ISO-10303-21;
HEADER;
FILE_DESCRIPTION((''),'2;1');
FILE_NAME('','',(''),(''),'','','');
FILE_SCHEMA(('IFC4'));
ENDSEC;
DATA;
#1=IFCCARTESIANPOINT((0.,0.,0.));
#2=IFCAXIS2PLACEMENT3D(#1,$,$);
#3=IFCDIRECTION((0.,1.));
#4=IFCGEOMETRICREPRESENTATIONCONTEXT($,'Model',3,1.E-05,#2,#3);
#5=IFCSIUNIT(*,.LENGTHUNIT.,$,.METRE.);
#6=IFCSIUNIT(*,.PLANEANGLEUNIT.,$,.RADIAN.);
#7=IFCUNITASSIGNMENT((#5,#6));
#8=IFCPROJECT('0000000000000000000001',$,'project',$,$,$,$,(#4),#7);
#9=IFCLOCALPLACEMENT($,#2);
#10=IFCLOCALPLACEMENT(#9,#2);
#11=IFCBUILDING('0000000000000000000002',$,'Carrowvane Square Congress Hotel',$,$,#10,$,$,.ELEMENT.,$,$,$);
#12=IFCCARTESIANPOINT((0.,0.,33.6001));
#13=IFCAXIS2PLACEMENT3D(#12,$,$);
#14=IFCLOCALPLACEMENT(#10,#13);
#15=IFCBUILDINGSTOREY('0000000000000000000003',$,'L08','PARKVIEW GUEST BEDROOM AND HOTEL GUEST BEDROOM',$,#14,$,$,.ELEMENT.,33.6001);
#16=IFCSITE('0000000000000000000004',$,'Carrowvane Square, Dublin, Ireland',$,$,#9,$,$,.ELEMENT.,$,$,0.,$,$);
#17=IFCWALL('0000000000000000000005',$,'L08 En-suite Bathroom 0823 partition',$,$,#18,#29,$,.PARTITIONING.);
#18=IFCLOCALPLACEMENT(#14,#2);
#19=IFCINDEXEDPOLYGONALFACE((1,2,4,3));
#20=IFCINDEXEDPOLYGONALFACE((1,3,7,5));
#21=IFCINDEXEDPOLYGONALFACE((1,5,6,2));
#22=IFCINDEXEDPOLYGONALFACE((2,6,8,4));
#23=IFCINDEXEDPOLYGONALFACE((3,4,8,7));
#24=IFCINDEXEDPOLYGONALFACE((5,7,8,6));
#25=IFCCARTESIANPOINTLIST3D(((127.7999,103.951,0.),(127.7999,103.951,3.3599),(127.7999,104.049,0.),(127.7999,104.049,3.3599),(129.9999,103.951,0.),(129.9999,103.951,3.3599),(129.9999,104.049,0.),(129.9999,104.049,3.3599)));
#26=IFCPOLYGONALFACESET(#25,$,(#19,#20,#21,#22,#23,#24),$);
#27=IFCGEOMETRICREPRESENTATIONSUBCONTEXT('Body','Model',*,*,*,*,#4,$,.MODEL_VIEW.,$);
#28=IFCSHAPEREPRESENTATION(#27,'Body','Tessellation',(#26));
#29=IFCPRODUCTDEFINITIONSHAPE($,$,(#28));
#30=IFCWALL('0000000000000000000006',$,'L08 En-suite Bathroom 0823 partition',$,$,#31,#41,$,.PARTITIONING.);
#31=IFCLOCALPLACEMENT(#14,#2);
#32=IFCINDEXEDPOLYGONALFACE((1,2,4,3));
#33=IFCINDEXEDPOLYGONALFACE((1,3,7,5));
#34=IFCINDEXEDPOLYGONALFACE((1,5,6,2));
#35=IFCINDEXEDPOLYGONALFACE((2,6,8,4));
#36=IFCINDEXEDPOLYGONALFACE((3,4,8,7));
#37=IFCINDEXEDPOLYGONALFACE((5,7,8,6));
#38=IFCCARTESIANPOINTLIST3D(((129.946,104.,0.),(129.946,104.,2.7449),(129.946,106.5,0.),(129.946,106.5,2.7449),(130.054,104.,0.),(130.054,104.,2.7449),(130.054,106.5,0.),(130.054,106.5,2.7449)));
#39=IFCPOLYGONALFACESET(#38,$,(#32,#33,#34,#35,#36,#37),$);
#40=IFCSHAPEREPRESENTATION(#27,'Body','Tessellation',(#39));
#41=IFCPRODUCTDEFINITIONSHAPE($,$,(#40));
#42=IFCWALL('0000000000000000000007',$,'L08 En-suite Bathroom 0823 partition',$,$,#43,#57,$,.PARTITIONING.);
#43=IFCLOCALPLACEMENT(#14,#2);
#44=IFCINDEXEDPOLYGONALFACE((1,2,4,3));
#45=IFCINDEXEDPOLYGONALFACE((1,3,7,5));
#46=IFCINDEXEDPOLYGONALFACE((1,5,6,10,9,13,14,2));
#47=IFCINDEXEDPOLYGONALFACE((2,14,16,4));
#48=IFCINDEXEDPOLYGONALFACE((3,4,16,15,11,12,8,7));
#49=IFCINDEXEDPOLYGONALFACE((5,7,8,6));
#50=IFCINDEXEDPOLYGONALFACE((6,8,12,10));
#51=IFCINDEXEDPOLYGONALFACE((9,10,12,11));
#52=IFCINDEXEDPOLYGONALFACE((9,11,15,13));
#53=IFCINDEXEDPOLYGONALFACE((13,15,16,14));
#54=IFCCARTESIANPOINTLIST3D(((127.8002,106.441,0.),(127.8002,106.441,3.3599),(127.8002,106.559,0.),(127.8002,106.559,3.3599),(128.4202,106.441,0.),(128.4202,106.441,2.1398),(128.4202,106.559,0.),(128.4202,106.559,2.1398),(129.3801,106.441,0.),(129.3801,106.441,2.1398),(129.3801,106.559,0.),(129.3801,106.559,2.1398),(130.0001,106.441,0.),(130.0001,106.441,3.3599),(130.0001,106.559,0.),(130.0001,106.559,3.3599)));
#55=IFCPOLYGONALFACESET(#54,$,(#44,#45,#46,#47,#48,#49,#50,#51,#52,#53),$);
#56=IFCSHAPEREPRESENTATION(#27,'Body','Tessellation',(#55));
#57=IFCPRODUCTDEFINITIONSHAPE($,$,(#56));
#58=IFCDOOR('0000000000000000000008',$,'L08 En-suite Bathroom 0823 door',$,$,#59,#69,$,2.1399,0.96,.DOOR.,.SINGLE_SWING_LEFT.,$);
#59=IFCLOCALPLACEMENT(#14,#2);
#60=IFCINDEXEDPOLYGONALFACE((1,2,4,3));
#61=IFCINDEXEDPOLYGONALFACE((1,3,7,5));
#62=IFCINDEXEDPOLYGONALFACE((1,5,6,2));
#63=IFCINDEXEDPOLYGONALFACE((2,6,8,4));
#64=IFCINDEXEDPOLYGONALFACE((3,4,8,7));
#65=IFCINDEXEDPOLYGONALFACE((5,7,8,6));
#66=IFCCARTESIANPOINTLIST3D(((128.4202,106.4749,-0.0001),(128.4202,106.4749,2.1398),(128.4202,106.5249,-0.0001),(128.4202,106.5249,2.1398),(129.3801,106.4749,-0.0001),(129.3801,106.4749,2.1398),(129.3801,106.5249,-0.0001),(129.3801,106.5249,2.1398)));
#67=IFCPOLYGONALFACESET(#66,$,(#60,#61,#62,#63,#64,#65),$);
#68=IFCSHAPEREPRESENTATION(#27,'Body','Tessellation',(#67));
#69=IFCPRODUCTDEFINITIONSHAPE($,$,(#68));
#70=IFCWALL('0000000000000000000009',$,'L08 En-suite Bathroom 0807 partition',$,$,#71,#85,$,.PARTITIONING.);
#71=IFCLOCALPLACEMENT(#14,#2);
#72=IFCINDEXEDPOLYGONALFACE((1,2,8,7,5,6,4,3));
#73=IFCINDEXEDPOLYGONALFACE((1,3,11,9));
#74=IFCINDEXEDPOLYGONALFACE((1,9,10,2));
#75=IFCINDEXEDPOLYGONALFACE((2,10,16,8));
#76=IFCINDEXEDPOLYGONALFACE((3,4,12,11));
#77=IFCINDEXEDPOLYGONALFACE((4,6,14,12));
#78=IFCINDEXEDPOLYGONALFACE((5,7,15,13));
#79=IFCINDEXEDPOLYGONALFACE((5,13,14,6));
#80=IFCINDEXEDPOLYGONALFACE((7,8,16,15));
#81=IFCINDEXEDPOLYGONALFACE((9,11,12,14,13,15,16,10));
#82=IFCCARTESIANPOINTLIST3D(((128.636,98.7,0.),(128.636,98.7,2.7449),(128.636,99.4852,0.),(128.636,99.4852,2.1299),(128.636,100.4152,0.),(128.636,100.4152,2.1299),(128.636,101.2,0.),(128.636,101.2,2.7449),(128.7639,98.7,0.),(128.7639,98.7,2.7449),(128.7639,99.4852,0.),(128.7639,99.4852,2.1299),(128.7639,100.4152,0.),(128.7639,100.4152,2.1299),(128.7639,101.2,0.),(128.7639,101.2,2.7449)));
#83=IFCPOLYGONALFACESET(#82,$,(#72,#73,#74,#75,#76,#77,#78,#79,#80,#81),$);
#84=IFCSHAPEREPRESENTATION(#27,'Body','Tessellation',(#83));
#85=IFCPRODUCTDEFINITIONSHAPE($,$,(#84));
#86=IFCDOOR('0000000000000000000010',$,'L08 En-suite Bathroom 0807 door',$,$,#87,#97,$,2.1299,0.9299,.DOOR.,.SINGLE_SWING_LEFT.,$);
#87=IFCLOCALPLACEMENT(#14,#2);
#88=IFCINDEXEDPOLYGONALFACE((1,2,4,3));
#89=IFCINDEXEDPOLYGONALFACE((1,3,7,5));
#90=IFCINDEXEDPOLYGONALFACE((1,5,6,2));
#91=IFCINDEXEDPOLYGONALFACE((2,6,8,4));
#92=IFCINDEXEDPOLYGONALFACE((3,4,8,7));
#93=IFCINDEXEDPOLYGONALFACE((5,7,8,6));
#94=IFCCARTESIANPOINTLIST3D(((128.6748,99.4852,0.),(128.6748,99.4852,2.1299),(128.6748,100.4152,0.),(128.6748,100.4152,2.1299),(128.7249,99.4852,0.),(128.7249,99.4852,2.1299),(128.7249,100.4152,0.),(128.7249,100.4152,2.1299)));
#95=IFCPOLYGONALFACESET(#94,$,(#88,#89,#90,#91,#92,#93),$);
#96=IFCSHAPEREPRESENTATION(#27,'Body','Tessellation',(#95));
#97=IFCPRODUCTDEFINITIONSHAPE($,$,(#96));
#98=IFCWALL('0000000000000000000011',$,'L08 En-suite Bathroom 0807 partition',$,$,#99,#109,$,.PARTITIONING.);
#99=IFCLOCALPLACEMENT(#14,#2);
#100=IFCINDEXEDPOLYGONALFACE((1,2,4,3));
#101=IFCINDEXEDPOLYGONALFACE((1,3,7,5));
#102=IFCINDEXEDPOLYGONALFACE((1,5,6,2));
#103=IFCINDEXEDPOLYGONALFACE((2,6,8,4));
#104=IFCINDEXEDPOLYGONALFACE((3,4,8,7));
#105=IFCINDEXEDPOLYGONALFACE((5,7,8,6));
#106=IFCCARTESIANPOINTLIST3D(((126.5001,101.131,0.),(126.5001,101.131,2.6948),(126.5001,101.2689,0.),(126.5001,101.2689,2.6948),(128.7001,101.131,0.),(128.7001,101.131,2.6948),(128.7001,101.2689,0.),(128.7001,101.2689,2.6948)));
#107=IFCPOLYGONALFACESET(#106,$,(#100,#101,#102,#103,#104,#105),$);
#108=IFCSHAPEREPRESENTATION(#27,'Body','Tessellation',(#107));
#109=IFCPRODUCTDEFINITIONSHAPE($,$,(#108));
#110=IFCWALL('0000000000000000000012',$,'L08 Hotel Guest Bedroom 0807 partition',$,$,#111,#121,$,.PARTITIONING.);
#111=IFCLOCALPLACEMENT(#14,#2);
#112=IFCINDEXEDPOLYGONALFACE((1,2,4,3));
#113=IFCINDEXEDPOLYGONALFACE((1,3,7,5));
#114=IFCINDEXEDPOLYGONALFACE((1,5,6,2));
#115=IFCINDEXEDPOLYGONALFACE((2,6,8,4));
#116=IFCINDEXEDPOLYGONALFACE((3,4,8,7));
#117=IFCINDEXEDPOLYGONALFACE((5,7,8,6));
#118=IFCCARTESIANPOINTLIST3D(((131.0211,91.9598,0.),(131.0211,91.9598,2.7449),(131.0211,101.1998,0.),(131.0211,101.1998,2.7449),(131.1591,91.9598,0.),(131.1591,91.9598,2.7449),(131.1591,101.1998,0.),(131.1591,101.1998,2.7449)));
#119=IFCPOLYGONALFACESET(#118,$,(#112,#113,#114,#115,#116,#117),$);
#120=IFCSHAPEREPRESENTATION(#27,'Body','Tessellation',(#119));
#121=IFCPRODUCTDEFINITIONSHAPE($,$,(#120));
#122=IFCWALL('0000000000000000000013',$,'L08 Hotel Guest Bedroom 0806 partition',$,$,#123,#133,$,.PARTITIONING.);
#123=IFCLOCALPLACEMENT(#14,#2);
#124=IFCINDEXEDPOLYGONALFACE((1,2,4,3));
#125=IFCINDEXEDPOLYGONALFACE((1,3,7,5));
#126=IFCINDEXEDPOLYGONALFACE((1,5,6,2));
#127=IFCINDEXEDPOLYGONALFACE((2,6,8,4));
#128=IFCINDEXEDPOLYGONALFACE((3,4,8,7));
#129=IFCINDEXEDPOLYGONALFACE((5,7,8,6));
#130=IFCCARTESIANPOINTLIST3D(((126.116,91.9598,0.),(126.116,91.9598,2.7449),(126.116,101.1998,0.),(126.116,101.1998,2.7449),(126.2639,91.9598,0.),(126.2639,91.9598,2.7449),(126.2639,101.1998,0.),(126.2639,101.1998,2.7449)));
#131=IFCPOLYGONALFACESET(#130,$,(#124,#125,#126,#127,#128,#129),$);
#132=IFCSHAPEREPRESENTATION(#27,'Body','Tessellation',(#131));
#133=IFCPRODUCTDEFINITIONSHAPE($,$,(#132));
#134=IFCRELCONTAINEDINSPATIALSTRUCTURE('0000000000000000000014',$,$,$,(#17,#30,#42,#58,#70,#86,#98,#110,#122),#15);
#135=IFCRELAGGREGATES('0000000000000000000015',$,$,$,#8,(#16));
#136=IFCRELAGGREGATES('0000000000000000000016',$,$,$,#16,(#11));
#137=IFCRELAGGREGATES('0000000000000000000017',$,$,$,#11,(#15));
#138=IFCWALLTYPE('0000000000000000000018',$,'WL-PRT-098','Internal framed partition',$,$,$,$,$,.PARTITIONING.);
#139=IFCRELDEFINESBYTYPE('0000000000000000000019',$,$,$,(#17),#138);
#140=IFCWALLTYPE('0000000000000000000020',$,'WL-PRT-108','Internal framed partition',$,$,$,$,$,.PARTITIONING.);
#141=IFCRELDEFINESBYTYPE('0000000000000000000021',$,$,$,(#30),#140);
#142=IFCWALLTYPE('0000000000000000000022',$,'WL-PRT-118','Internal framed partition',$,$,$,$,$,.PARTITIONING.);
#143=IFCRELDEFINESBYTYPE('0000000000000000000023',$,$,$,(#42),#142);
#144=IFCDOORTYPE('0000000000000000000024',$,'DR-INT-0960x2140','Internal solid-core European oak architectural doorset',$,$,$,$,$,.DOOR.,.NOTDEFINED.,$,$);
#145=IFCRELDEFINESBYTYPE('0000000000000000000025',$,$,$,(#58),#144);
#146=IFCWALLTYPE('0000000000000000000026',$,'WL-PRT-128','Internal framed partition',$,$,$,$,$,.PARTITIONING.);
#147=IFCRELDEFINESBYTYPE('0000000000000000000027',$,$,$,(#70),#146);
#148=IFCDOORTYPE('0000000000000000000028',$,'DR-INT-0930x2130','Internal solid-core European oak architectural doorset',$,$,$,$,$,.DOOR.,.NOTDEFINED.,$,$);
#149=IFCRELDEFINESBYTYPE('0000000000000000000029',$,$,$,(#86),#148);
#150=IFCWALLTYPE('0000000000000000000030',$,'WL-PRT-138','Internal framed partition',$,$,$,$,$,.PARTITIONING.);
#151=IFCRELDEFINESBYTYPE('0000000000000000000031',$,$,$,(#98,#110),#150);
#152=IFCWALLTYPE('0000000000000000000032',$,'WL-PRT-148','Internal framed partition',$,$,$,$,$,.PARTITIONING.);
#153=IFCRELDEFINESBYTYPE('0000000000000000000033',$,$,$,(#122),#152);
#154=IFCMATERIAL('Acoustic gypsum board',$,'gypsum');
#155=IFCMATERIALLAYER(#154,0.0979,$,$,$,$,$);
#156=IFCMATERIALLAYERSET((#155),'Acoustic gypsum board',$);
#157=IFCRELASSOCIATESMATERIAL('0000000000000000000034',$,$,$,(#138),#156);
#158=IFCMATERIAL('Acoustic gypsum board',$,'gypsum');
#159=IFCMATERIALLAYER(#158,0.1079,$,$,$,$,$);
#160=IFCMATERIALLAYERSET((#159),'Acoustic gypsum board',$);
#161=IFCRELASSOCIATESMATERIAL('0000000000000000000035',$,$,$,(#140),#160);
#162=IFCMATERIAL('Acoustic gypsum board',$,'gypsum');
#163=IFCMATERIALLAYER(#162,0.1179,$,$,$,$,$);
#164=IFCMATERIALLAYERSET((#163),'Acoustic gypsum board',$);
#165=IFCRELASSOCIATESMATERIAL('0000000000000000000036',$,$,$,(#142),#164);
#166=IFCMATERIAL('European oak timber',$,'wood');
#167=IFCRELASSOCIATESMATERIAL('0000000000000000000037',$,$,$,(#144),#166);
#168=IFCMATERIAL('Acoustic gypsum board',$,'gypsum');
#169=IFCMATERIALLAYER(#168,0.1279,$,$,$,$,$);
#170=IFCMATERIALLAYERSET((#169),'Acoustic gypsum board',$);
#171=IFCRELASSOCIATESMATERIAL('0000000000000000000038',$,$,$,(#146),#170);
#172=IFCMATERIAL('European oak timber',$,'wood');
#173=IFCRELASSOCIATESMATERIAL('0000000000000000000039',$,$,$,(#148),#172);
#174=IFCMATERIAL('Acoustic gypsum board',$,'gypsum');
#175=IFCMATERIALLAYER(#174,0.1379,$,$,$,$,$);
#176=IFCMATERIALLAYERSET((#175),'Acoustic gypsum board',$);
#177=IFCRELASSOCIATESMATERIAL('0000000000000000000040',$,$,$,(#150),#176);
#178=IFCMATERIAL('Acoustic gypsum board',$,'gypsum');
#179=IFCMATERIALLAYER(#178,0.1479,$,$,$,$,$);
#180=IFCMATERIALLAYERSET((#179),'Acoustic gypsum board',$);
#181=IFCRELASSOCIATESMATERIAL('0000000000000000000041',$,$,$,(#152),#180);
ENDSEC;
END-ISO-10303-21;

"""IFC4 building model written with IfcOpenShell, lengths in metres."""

from ifc_helpers import new_model, si_unit, direction, frame, frame_2d, origin, place, context, subcontext, project, spatial, rectangle, extrude, material, layer, layer_set, type_object, element, fill, save


model = new_model("IFC4")

# Units and contexts
model_context = context("Model", 3, precision=1e-05, world=origin(), true_north=direction((0.0, 1.0)))
body_context = subcontext(model_context, "Body", "Model", "MODEL_VIEW")
ifc_project = project(units=[si_unit("LENGTHUNIT", "METRE"), si_unit("PLANEANGLEUNIT", "RADIAN")], contexts=[model_context])

# Site, building, storey
site_placement = place(None, origin())
site = spatial("IfcSite", under=ifc_project, at=site_placement, Name="Carrowvane Square, Dublin, Ireland", CompositionType="ELEMENT", RefElevation=0.0)
building_placement = place(site_placement, origin())
building = spatial("IfcBuilding", under=site, at=building_placement, Name="Carrowvane Square Congress Hotel", CompositionType="ELEMENT")
storey_placement = place(building_placement, frame((0.0, 0.0, 33.6001)))
storey = spatial("IfcBuildingStorey", under=building, at=storey_placement, Name="L08", Description="PARKVIEW GUEST BEDROOM AND HOTEL GUEST BEDROOM", CompositionType="ELEMENT", Elevation=33.6001)

# Walls
ifc_material_1 = material(Name="Acoustic gypsum board", Category="gypsum")
ifc_layer_1 = layer(ifc_material_1, 0.0979)
ifc_layer_set_1 = layer_set([ifc_layer_1], Name="Acoustic gypsum board")
wall_type_1 = type_object("IfcWallType", Name="WL-PRT-098", Description="Internal framed partition", PredefinedType="PARTITIONING", material=ifc_layer_set_1)
wall_1_placement = place(storey_placement, frame((130.0, 104.0, 0.0), z_axis=(0.0, 0.0, 1.0), x_axis=(-1.0, 0.0, 0.0)))
element("IfcWall", 1, at=wall_1_placement, inside=storey, type_object=wall_type_1, Name="L08 En-suite Bathroom 0823 partition", PredefinedType="PARTITIONING", context=body_context, shape_type="SweptSolid", body=[
    extrude(rectangle(XDim=2.2, YDim=0.0979, at=frame_2d((1.1001, 0.0))), origin(), (0.0, 0.0, 1.0), 3.3599),
])
ifc_material_2 = material(Name="Acoustic gypsum board", Category="gypsum")
ifc_layer_2 = layer(ifc_material_2, 0.1079)
ifc_layer_set_2 = layer_set([ifc_layer_2], Name="Acoustic gypsum board")
wall_type_2 = type_object("IfcWallType", Name="WL-PRT-108", Description="Internal framed partition", PredefinedType="PARTITIONING", material=ifc_layer_set_2)
wall_2_placement = place(storey_placement, frame((130.0, 106.5, 0.0), z_axis=(0.0, 0.0, 1.0), x_axis=(0.0, -1.0, 0.0)))
element("IfcWall", 2, at=wall_2_placement, inside=storey, type_object=wall_type_2, Name="L08 En-suite Bathroom 0823 partition", PredefinedType="PARTITIONING", context=body_context, shape_type="SweptSolid", body=[
    extrude(rectangle(XDim=2.5, YDim=0.1079, at=frame_2d((1.25, 0.0))), origin(), (0.0, 0.0, 1.0), 2.7449),
])

# Walls, openings, doors
ifc_material_3 = material(Name="Acoustic gypsum board", Category="gypsum")
ifc_layer_3 = layer(ifc_material_3, 0.1179)
ifc_layer_set_3 = layer_set([ifc_layer_3], Name="Acoustic gypsum board")
wall_type_3 = type_object("IfcWallType", Name="WL-PRT-118", Description="Internal framed partition", PredefinedType="PARTITIONING", material=ifc_layer_set_3)
wall_3_placement = place(storey_placement, frame((127.8, 106.5, 0.0), z_axis=(0.0, 0.0, 1.0), x_axis=(1.0, 0.0, 0.0)))
wall_3 = element("IfcWall", 3, at=wall_3_placement, inside=storey, type_object=wall_type_3, Name="L08 En-suite Bathroom 0823 partition", PredefinedType="PARTITIONING", context=body_context, shape_type="SweptSolid", body=[
    extrude(rectangle(XDim=2.2, YDim=0.1179, at=frame_2d((1.1001, 0.0))), origin(), (0.0, 0.0, 1.0), 3.3599),
])
opening_1_placement = place(wall_3_placement, frame((0.6201, 0.0, 0.0)))
opening_1 = element("IfcOpeningElement", 4, at=opening_1_placement, cuts=wall_3, PredefinedType="OPENING", context=body_context, shape_type="SweptSolid", body=[
    extrude(rectangle(XDim=0.96, YDim=2.1399, at=frame_2d((0.48, 1.0698))), frame((0.0, 0.0688, 0.0), z_axis=(0.0, -1.0, 0.0), x_axis=(1.0, 0.0, 0.0)), (0.0, 0.0, 1.0), 0.1379),
])
ifc_material_4 = material(Name="European oak timber", Category="wood")
door_type_1 = type_object("IfcDoorType", Name="DR-INT-0960x2140", Description="Internal solid-core European oak architectural doorset", OperationType="NOTDEFINED", PredefinedType="DOOR", material=ifc_material_4)
door_1_placement = place(opening_1_placement, origin())
door_1 = element("IfcDoor", 5, at=door_1_placement, inside=storey, type_object=door_type_1, Name="L08 En-suite Bathroom 0823 door", OperationType="SINGLE_SWING_LEFT", OverallHeight=2.1399, OverallWidth=0.96, PredefinedType="DOOR", context=body_context, shape_type="SweptSolid", body=[
    extrude(rectangle(XDim=0.96, YDim=2.1399, at=frame_2d((0.48, 1.0698))), frame((0.0, 0.0249, 0.0), z_axis=(0.0, -1.0, 0.0), x_axis=(1.0, 0.0, 0.0)), (0.0, 0.0, 1.0), 0.05),
])
fill(opening_1, door_1)
ifc_material_5 = material(Name="Acoustic gypsum board", Category="gypsum")
ifc_layer_4 = layer(ifc_material_5, 0.1279)
ifc_layer_set_4 = layer_set([ifc_layer_4], Name="Acoustic gypsum board")
wall_type_4 = type_object("IfcWallType", Name="WL-PRT-128", Description="Internal framed partition", PredefinedType="PARTITIONING", material=ifc_layer_set_4)
wall_4_placement = place(storey_placement, frame((128.7, 101.2, 0.0), z_axis=(0.0, 0.0, 1.0), x_axis=(0.0, -1.0, 0.0)))
wall_4 = element("IfcWall", 6, at=wall_4_placement, inside=storey, type_object=wall_type_4, Name="L08 En-suite Bathroom 0807 partition", PredefinedType="PARTITIONING", context=body_context, shape_type="SweptSolid", body=[
    extrude(rectangle(XDim=2.5, YDim=0.1279, at=frame_2d((1.25, 0.0))), origin(), (0.0, 0.0, 1.0), 2.7449),
])
opening_2_placement = place(wall_4_placement, frame((0.7849, 0.0, 0.0)))
opening_2 = element("IfcOpeningElement", 7, at=opening_2_placement, cuts=wall_4, PredefinedType="OPENING", context=body_context, shape_type="SweptSolid", body=[
    extrude(rectangle(XDim=0.9299, YDim=2.1299, at=frame_2d((0.4648, 1.0649))), frame((0.0, 0.074, 0.0), z_axis=(0.0, -1.0, 0.0), x_axis=(1.0, 0.0, 0.0)), (0.0, 0.0, 1.0), 0.1479),
])
ifc_material_6 = material(Name="European oak timber", Category="wood")
door_type_2 = type_object("IfcDoorType", Name="DR-INT-0930x2130", Description="Internal solid-core European oak architectural doorset", OperationType="NOTDEFINED", PredefinedType="DOOR", material=ifc_material_6)
door_2_placement = place(opening_2_placement, origin())
door_2 = element("IfcDoor", 8, at=door_2_placement, inside=storey, type_object=door_type_2, Name="L08 En-suite Bathroom 0807 door", OperationType="SINGLE_SWING_LEFT", OverallHeight=2.1299, OverallWidth=0.9299, PredefinedType="DOOR", context=body_context, shape_type="SweptSolid", body=[
    extrude(rectangle(XDim=0.9299, YDim=2.1299, at=frame_2d((0.4648, 1.0649))), frame((0.0, 0.0249, 0.0), z_axis=(0.0, -1.0, 0.0), x_axis=(1.0, 0.0, 0.0)), (0.0, 0.0, 1.0), 0.05),
])
fill(opening_2, door_2)

# Walls
ifc_material_7 = material(Name="Acoustic gypsum board", Category="gypsum")
ifc_layer_5 = layer(ifc_material_7, 0.1379)
ifc_layer_set_5 = layer_set([ifc_layer_5], Name="Acoustic gypsum board")
wall_type_5 = type_object("IfcWallType", Name="WL-PRT-138", Description="Internal framed partition", PredefinedType="PARTITIONING", material=ifc_layer_set_5)
wall_5_placement = place(storey_placement, frame((126.5, 101.2, 0.0), z_axis=(0.0, 0.0, 1.0), x_axis=(1.0, 0.0, 0.0)))
element("IfcWall", 9, at=wall_5_placement, inside=storey, type_object=wall_type_5, Name="L08 En-suite Bathroom 0807 partition", PredefinedType="PARTITIONING", context=body_context, shape_type="SweptSolid", body=[
    extrude(rectangle(XDim=2.2, YDim=0.1379, at=frame_2d((1.1001, 0.0))), origin(), (0.0, 0.0, 1.0), 2.6948),
])
wall_6_placement = place(storey_placement, frame((131.0901, 101.2, 0.0), z_axis=(0.0, 0.0, 1.0), x_axis=(0.0, -1.0, 0.0)))
element("IfcWall", 10, at=wall_6_placement, inside=storey, type_object=wall_type_5, Name="L08 Hotel Guest Bedroom 0807 partition", PredefinedType="PARTITIONING", context=body_context, shape_type="SweptSolid", body=[
    extrude(rectangle(XDim=9.24, YDim=0.1379, at=frame_2d((4.6201, 0.0))), origin(), (0.0, 0.0, 1.0), 2.7449),
])
ifc_material_8 = material(Name="Acoustic gypsum board", Category="gypsum")
ifc_layer_6 = layer(ifc_material_8, 0.1479)
ifc_layer_set_6 = layer_set([ifc_layer_6], Name="Acoustic gypsum board")
wall_type_6 = type_object("IfcWallType", Name="WL-PRT-148", Description="Internal framed partition", PredefinedType="PARTITIONING", material=ifc_layer_set_6)
wall_7_placement = place(storey_placement, frame((126.1899, 101.2, 0.0), z_axis=(0.0, 0.0, 1.0), x_axis=(0.0, -1.0, 0.0)))
element("IfcWall", 11, at=wall_7_placement, inside=storey, type_object=wall_type_6, Name="L08 Hotel Guest Bedroom 0806 partition", PredefinedType="PARTITIONING", context=body_context, shape_type="SweptSolid", body=[
    extrude(rectangle(XDim=9.24, YDim=0.1479, at=frame_2d((4.6201, 0.0))), origin(), (0.0, 0.0, 1.0), 2.7449),
])

save(model, "model.ifc")
